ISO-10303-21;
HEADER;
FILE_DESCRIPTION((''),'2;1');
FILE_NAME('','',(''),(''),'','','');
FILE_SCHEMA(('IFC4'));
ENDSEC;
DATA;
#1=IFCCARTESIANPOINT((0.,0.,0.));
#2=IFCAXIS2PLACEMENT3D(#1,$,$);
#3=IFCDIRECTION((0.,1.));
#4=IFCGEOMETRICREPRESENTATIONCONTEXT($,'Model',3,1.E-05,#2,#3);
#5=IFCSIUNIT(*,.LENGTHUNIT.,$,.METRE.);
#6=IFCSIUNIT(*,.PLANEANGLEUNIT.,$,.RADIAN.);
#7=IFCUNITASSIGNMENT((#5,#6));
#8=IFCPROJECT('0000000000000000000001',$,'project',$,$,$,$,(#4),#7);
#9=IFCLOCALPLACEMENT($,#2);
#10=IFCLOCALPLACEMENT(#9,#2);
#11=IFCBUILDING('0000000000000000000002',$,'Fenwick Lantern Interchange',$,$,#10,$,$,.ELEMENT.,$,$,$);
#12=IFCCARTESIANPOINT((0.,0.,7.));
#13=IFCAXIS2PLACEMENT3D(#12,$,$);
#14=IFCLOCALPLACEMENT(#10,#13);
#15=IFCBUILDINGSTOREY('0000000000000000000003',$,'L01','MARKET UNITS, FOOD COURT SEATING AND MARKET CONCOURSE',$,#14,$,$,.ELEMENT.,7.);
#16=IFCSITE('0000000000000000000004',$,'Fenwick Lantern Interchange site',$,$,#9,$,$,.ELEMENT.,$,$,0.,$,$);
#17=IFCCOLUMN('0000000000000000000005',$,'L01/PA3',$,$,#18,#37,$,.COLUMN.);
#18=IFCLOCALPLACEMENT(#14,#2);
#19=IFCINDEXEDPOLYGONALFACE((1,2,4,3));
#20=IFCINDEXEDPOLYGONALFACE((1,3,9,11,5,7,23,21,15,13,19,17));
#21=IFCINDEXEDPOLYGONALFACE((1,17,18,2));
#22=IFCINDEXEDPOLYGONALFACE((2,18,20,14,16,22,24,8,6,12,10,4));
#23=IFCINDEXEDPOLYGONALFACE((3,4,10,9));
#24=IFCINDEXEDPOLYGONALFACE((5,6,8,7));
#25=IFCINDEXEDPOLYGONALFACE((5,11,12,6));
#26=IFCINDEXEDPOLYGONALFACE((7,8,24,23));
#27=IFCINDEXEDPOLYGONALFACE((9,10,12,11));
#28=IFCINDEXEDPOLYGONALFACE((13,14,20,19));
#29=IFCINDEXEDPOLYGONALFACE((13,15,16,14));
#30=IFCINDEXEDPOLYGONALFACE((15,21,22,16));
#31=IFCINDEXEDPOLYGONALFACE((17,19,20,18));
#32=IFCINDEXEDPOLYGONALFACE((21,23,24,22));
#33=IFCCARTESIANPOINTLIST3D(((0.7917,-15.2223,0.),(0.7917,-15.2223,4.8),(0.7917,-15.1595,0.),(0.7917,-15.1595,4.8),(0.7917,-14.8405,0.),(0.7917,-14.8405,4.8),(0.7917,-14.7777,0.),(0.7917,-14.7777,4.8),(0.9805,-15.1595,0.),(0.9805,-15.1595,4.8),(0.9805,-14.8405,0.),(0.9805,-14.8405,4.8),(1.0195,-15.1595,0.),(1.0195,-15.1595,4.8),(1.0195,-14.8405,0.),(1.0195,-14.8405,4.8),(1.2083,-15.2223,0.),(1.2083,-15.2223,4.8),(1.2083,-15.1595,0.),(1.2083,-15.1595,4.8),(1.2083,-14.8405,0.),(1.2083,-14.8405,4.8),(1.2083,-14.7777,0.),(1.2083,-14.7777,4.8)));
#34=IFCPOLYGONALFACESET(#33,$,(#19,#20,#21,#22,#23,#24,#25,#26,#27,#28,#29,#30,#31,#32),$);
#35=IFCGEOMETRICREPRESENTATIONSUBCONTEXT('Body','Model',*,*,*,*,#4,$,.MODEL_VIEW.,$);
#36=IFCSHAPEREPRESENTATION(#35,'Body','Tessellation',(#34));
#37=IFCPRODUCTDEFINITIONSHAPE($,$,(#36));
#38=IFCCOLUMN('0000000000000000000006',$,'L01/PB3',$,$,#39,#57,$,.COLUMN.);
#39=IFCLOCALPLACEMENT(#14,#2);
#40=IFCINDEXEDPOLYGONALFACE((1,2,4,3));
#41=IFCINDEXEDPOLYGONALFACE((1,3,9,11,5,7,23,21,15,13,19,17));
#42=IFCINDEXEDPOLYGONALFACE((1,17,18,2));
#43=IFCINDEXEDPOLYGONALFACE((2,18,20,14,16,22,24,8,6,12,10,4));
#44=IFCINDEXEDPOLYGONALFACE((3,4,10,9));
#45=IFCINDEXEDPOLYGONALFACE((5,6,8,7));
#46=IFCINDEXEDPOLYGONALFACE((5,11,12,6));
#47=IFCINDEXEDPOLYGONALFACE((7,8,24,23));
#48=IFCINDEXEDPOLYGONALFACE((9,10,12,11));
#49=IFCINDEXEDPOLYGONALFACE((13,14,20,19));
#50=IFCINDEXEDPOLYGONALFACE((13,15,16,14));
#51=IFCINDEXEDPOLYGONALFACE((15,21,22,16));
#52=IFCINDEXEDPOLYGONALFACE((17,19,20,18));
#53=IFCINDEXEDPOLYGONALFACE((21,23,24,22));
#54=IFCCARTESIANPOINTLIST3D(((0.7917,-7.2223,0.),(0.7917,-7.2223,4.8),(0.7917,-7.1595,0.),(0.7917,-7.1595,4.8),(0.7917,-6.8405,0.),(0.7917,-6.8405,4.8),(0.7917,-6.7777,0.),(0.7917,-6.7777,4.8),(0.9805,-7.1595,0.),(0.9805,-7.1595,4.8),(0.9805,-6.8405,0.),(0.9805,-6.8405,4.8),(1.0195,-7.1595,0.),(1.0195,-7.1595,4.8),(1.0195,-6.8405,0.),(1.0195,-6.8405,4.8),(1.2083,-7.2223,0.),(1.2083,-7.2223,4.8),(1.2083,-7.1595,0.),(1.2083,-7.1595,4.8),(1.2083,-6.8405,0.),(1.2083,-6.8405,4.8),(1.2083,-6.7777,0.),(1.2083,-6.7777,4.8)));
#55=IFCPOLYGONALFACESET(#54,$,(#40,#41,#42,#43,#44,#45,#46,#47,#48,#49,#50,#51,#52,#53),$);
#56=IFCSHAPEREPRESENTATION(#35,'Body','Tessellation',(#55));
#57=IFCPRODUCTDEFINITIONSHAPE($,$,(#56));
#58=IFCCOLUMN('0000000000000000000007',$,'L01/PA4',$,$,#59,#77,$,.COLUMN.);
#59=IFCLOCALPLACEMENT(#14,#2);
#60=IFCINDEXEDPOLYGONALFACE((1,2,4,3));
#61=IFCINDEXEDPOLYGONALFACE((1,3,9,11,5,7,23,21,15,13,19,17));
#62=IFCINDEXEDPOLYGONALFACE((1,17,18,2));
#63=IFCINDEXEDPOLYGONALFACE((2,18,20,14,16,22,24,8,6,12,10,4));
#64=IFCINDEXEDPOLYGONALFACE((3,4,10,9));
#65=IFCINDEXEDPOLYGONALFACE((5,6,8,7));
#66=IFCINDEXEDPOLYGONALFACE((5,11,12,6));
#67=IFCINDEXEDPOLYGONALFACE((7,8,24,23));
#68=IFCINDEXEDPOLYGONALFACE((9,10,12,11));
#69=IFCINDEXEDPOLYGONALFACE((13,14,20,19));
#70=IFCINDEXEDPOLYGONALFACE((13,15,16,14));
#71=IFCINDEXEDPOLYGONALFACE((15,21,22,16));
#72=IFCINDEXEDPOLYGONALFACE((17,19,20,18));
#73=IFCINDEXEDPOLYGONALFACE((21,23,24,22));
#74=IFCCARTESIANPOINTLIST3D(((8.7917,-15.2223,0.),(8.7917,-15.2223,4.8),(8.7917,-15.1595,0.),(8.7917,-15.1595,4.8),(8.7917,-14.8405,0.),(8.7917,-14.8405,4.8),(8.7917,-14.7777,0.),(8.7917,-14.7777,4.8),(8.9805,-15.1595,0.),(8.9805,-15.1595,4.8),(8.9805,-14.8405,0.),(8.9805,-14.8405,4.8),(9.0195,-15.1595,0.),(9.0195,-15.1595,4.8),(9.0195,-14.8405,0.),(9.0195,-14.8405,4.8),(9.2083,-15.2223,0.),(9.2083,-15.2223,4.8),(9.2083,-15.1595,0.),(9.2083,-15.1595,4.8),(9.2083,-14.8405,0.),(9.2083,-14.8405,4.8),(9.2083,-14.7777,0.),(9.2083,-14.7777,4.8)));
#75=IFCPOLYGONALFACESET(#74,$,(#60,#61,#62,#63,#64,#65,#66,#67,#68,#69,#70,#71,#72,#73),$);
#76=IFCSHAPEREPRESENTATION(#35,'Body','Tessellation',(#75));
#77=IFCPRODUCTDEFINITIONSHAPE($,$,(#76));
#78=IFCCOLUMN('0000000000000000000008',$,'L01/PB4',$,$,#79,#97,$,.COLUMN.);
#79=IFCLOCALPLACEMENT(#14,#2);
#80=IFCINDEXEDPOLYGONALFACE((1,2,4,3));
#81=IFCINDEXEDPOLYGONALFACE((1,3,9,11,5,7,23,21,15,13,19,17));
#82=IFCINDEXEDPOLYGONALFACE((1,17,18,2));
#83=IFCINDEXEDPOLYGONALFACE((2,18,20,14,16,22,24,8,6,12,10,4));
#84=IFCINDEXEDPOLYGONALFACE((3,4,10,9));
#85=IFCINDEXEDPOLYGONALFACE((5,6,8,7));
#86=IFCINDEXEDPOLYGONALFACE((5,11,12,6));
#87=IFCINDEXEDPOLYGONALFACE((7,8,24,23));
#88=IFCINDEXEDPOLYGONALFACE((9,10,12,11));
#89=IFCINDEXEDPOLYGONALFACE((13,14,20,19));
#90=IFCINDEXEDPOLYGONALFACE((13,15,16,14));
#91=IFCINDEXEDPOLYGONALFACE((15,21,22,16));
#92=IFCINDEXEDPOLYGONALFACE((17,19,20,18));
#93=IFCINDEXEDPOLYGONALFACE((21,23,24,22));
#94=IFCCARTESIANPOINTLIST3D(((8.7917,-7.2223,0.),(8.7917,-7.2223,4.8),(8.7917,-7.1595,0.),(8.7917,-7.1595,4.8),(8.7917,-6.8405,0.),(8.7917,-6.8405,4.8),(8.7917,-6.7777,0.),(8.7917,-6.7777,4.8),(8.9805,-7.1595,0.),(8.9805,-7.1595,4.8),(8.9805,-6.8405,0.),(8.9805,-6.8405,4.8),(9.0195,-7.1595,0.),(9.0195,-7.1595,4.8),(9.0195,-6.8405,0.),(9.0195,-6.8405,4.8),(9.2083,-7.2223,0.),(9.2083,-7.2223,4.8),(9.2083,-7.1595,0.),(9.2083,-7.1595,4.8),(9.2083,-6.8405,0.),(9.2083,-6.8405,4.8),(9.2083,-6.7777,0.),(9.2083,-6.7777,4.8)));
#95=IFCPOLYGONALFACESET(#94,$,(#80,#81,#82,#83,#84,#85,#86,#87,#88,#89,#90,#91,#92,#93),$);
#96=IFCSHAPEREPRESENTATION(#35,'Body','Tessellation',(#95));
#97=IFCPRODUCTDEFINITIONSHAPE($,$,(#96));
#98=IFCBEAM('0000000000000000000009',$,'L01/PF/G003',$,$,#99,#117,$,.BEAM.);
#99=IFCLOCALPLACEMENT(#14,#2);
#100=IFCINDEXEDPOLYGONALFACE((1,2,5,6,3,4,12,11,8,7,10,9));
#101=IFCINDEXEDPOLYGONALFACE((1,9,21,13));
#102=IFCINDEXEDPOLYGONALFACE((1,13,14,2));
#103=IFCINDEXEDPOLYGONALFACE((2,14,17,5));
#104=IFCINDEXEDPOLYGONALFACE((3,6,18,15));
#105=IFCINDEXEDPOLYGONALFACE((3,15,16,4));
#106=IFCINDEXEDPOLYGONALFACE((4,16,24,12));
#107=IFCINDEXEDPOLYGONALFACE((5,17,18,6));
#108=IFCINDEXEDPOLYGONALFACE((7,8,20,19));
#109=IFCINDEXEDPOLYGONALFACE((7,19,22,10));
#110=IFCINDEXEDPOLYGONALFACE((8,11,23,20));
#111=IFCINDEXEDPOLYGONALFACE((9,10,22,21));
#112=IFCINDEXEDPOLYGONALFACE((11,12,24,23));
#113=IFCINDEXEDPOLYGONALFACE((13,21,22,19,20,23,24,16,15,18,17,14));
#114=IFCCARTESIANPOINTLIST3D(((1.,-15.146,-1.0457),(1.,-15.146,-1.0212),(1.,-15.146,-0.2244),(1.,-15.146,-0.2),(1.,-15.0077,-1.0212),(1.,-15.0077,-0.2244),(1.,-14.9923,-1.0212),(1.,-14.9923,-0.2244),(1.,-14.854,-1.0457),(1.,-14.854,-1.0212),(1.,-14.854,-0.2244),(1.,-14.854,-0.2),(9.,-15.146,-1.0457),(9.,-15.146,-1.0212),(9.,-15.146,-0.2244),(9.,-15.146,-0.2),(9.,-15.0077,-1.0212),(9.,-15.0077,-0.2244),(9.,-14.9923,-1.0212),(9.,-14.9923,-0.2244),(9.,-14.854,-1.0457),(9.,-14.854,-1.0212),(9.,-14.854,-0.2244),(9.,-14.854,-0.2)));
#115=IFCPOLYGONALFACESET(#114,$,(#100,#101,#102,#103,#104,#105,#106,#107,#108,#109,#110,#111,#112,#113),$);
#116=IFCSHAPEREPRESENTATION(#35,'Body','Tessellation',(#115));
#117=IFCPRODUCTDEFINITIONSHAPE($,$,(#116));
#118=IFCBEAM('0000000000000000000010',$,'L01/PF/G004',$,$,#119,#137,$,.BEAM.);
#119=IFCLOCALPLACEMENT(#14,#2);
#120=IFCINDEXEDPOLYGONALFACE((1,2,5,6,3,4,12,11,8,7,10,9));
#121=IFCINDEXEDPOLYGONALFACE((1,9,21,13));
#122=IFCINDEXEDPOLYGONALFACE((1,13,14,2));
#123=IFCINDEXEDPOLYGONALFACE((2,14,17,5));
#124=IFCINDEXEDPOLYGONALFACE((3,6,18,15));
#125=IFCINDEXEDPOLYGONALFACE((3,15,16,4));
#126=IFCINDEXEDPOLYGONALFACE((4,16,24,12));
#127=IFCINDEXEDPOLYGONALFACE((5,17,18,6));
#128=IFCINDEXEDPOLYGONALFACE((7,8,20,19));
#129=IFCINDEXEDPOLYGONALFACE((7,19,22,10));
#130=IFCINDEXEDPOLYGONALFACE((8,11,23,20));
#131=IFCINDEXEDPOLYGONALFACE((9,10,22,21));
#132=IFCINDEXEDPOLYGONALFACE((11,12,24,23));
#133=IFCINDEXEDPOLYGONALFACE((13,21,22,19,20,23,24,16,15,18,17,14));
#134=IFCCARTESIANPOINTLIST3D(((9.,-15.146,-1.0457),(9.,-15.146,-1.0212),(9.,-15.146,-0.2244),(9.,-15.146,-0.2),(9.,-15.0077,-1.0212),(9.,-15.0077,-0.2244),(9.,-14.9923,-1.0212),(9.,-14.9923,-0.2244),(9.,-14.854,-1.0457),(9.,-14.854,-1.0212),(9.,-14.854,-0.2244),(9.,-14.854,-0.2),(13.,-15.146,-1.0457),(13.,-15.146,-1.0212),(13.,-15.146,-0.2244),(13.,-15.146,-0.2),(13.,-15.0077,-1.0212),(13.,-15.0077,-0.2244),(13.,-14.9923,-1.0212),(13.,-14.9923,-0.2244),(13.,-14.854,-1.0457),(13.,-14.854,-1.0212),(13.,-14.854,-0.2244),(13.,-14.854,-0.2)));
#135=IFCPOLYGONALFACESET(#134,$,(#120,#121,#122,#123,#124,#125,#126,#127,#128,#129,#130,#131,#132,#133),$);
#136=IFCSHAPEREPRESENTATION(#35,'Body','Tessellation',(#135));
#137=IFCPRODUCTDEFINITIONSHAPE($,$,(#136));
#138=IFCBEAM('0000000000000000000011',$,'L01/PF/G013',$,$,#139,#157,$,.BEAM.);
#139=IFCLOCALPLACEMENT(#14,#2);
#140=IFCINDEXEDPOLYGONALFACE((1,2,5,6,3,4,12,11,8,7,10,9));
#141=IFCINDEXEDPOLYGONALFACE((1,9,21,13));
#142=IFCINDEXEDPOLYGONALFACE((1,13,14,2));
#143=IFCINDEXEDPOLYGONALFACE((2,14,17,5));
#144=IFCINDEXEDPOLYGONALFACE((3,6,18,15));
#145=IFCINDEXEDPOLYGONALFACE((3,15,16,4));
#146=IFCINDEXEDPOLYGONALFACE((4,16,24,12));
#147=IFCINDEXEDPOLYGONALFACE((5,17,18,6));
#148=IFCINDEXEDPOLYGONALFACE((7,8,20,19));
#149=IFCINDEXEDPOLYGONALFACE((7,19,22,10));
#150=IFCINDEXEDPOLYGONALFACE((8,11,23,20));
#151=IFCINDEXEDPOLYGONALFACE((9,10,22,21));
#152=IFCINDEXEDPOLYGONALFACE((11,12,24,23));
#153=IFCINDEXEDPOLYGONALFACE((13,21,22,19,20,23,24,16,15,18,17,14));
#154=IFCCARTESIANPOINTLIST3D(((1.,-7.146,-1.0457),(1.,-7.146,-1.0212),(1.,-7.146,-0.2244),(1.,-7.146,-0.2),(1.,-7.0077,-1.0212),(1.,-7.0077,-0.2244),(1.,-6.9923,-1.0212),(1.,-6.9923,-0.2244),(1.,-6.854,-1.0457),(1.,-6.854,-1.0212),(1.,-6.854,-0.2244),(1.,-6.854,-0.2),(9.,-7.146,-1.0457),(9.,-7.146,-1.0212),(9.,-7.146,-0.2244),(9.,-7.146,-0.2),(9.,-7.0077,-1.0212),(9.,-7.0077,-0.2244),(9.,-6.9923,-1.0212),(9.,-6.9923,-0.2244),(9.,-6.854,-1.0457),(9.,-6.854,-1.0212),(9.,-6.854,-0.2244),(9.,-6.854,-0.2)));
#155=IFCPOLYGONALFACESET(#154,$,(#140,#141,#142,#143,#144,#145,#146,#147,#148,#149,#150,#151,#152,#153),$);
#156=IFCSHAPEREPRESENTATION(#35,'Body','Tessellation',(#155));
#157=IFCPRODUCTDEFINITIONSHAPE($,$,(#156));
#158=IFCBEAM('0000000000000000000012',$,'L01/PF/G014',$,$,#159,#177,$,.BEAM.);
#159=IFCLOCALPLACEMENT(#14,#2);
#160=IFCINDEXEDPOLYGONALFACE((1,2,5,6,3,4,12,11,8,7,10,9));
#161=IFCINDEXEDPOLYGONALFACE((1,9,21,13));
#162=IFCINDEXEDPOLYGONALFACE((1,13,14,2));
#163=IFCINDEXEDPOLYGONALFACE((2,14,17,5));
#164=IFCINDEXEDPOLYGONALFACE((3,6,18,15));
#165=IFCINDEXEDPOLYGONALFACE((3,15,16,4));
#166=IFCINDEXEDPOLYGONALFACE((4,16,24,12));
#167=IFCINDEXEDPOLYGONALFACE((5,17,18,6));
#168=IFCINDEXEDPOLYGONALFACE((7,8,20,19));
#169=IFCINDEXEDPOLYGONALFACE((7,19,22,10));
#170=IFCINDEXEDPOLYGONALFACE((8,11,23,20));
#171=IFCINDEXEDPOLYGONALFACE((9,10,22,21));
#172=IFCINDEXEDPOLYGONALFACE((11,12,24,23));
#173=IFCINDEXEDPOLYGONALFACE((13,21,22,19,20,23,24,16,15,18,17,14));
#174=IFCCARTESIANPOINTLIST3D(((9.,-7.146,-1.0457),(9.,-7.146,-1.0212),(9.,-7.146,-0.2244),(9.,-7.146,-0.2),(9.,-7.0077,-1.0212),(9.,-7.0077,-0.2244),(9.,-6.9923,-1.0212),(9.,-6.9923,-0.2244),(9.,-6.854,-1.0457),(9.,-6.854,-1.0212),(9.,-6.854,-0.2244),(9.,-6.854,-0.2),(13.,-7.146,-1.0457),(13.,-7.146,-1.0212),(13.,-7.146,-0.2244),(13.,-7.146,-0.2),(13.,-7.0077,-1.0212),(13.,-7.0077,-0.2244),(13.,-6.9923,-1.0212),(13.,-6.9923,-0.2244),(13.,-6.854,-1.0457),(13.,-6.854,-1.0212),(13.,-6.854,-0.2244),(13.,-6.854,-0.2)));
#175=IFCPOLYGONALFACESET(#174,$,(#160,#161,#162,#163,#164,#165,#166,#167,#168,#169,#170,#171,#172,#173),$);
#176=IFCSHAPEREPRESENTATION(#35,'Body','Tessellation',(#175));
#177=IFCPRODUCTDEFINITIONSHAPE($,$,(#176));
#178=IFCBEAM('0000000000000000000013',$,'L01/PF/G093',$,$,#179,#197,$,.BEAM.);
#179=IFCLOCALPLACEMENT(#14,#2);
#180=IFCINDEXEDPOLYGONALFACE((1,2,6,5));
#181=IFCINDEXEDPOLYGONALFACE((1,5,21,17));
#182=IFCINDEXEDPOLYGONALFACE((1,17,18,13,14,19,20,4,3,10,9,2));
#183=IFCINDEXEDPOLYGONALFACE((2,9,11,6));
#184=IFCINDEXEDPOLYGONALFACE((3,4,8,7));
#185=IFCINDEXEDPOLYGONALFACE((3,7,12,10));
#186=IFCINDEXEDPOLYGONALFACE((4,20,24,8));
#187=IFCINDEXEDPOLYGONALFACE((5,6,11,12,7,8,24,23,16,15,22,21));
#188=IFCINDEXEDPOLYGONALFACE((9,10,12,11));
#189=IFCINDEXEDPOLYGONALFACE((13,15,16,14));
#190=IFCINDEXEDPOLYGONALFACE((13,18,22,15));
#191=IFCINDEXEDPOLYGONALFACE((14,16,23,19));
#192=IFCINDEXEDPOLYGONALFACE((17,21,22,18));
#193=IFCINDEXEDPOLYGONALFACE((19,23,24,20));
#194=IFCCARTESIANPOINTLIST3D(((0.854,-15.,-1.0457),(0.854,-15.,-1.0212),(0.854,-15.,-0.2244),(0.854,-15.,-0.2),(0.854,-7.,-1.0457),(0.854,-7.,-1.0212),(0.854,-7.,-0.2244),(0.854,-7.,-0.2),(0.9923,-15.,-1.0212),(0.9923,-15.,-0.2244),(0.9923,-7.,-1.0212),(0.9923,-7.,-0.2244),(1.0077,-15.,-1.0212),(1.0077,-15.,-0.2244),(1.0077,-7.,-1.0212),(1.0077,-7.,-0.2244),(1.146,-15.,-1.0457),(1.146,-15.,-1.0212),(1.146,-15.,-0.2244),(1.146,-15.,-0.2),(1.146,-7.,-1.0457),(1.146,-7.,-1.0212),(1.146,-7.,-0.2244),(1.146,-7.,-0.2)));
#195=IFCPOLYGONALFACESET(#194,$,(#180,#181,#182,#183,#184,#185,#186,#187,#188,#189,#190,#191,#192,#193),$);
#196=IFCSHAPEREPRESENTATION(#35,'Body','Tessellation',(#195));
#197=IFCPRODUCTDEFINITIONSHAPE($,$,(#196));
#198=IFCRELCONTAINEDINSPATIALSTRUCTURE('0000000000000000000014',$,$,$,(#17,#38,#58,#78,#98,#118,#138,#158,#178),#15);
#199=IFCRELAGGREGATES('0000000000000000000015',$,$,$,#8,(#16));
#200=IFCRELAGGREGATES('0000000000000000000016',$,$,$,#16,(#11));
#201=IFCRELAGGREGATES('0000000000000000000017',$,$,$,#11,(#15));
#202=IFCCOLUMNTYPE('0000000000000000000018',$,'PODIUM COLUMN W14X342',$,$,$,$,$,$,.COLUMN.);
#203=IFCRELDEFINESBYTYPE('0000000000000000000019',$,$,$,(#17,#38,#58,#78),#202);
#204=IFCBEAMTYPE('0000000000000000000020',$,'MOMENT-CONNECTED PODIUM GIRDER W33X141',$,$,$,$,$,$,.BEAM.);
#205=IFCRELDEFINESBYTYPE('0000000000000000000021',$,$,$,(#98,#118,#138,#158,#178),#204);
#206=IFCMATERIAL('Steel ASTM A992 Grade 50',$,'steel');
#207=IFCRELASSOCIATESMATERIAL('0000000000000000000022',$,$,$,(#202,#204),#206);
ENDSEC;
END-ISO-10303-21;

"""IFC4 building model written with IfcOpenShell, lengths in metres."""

from ifc_helpers import new_model, si_unit, direction, frame, origin, origin_2d, place, context, subcontext, project, spatial, i_section, extrude, material, material_profile, profile_set, type_object, element, save


model = new_model("IFC4")

# Units and contexts
model_context = context("Model", 3, precision=1e-05, world=origin(), true_north=direction((0.0, 1.0)))
body_context = subcontext(model_context, "Body", "Model", "MODEL_VIEW")
ifc_project = project(units=[si_unit("LENGTHUNIT", "METRE"), si_unit("PLANEANGLEUNIT", "RADIAN")], contexts=[model_context])

# Site, building, storey
site_placement = place(None, origin())
site = spatial("IfcSite", under=ifc_project, at=site_placement, Name="Fenwick Lantern Interchange site", CompositionType="ELEMENT", RefElevation=0.0)
building_placement = place(site_placement, origin())
building = spatial("IfcBuilding", under=site, at=building_placement, Name="Fenwick Lantern Interchange", CompositionType="ELEMENT")
storey_placement = place(building_placement, frame((0.0, 0.0, 7.0)))
storey = spatial("IfcBuildingStorey", under=building, at=storey_placement, Name="L01", Description="MARKET UNITS, FOOD COURT SEATING AND MARKET CONCOURSE", CompositionType="ELEMENT", Elevation=7.0)

# Columns
ifc_material_1 = material(Name="Steel ASTM A992 Grade 50", Category="steel")
ifc_material_profile_1 = material_profile(ifc_material_1, i_section(OverallWidth=0.4165, OverallDepth=0.4446, WebThickness=0.0391, FlangeThickness=0.0627, at=origin_2d()), Name="W14X342")
ifc_profile_set_1 = profile_set([ifc_material_profile_1], Name="Steel ASTM A992 Grade 50")
column_type = type_object("IfcColumnType", Name="PODIUM COLUMN W14X342", PredefinedType="COLUMN", material=ifc_profile_set_1)
for number, where, z_axis, x_axis, name in (
    (1, (1.0, -15.0, 0.0), (0.0, 0.0, 1.0), (1.0, 0.0, 0.0), "L01/PA3"),
    (2, (1.0, -7.0, 0.0), (0.0, 0.0, 1.0), (1.0, 0.0, 0.0), "L01/PB3"),
    (3, (9.0, -15.0, 0.0), (0.0, 0.0, 1.0), (1.0, 0.0, 0.0), "L01/PA4"),
    (4, (9.0, -7.0, 0.0), (0.0, 0.0, 1.0), (1.0, 0.0, 0.0), "L01/PB4"),
):
    element("IfcColumn", number, at=place(storey_placement, frame(where, z_axis=z_axis, x_axis=x_axis)), inside=storey, type_object=column_type, Name=name, PredefinedType="COLUMN", context=body_context, shape_type="SweptSolid", body=[
        extrude(i_section(OverallWidth=0.4165, OverallDepth=0.4446, WebThickness=0.0391, FlangeThickness=0.0627, at=origin_2d()), origin(), (0.0, 0.0, 1.0), 4.8),
    ])

# Beams
ifc_material_profile_2 = material_profile(ifc_material_1, i_section(OverallWidth=0.292, OverallDepth=0.8457, WebThickness=0.0154, FlangeThickness=0.0244, at=origin_2d()), Name="W33X141")
ifc_profile_set_2 = profile_set([ifc_material_profile_2], Name="Steel ASTM A992 Grade 50")
beam_type_1 = type_object("IfcBeamType", Name="MOMENT-CONNECTED PODIUM GIRDER W33X141", PredefinedType="BEAM", material=ifc_profile_set_2)
beam_1_placement = place(storey_placement, frame((1.0, -15.0, -0.6228), z_axis=(1.0, 0.0, 0.0), x_axis=(0.0, 1.0, 0.0)))
element("IfcBeam", 5, at=beam_1_placement, inside=storey, type_object=beam_type_1, Name="L01/PF/G003", PredefinedType="BEAM", context=body_context, shape_type="SweptSolid", body=[
    extrude(i_section(OverallWidth=0.292, OverallDepth=0.8457, WebThickness=0.0154, FlangeThickness=0.0244, at=origin_2d()), origin(), (0.0, 0.0, 1.0), 8.0),
])
beam_2_placement = place(storey_placement, frame((9.0, -15.0, -0.6228), z_axis=(1.0, 0.0, 0.0), x_axis=(0.0, 1.0, 0.0)))
element("IfcBeam", 6, at=beam_2_placement, inside=storey, type_object=beam_type_1, Name="L01/PF/G004", PredefinedType="BEAM", context=body_context, shape_type="SweptSolid", body=[
    extrude(i_section(OverallWidth=0.292, OverallDepth=0.8457, WebThickness=0.0154, FlangeThickness=0.0244, at=origin_2d()), origin(), (0.0, 0.0, 1.0), 4.0),
])
beam_3_placement = place(storey_placement, frame((1.0, -7.0, -0.6228), z_axis=(1.0, 0.0, 0.0), x_axis=(0.0, 1.0, 0.0)))
element("IfcBeam", 7, at=beam_3_placement, inside=storey, type_object=beam_type_1, Name="L01/PF/G013", PredefinedType="BEAM", context=body_context, shape_type="SweptSolid", body=[
    extrude(i_section(OverallWidth=0.292, OverallDepth=0.8457, WebThickness=0.0154, FlangeThickness=0.0244, at=origin_2d()), origin(), (0.0, 0.0, 1.0), 8.0),
])
beam_4_placement = place(storey_placement, frame((9.0, -7.0, -0.6228), z_axis=(1.0, 0.0, 0.0), x_axis=(0.0, 1.0, 0.0)))
element("IfcBeam", 8, at=beam_4_placement, inside=storey, type_object=beam_type_1, Name="L01/PF/G014", PredefinedType="BEAM", context=body_context, shape_type="SweptSolid", body=[
    extrude(i_section(OverallWidth=0.292, OverallDepth=0.8457, WebThickness=0.0154, FlangeThickness=0.0244, at=origin_2d()), origin(), (0.0, 0.0, 1.0), 4.0),
])
for number, where, z_axis, x_axis, name in (
    (9, (1.0, -15.0, -0.6228), (0.0, 1.0, 0.0), (-1.0, 0.0, 0.0), "L01/PF/G093"),
):
    element("IfcBeam", number, at=place(storey_placement, frame(where, z_axis=z_axis, x_axis=x_axis)), inside=storey, type_object=beam_type_1, Name=name, PredefinedType="BEAM", context=body_context, shape_type="SweptSolid", body=[
        extrude(i_section(OverallWidth=0.292, OverallDepth=0.8457, WebThickness=0.0154, FlangeThickness=0.0244, at=origin_2d()), origin(), (0.0, 0.0, 1.0), 8.0),
    ])

save(model, "model.ifc")
